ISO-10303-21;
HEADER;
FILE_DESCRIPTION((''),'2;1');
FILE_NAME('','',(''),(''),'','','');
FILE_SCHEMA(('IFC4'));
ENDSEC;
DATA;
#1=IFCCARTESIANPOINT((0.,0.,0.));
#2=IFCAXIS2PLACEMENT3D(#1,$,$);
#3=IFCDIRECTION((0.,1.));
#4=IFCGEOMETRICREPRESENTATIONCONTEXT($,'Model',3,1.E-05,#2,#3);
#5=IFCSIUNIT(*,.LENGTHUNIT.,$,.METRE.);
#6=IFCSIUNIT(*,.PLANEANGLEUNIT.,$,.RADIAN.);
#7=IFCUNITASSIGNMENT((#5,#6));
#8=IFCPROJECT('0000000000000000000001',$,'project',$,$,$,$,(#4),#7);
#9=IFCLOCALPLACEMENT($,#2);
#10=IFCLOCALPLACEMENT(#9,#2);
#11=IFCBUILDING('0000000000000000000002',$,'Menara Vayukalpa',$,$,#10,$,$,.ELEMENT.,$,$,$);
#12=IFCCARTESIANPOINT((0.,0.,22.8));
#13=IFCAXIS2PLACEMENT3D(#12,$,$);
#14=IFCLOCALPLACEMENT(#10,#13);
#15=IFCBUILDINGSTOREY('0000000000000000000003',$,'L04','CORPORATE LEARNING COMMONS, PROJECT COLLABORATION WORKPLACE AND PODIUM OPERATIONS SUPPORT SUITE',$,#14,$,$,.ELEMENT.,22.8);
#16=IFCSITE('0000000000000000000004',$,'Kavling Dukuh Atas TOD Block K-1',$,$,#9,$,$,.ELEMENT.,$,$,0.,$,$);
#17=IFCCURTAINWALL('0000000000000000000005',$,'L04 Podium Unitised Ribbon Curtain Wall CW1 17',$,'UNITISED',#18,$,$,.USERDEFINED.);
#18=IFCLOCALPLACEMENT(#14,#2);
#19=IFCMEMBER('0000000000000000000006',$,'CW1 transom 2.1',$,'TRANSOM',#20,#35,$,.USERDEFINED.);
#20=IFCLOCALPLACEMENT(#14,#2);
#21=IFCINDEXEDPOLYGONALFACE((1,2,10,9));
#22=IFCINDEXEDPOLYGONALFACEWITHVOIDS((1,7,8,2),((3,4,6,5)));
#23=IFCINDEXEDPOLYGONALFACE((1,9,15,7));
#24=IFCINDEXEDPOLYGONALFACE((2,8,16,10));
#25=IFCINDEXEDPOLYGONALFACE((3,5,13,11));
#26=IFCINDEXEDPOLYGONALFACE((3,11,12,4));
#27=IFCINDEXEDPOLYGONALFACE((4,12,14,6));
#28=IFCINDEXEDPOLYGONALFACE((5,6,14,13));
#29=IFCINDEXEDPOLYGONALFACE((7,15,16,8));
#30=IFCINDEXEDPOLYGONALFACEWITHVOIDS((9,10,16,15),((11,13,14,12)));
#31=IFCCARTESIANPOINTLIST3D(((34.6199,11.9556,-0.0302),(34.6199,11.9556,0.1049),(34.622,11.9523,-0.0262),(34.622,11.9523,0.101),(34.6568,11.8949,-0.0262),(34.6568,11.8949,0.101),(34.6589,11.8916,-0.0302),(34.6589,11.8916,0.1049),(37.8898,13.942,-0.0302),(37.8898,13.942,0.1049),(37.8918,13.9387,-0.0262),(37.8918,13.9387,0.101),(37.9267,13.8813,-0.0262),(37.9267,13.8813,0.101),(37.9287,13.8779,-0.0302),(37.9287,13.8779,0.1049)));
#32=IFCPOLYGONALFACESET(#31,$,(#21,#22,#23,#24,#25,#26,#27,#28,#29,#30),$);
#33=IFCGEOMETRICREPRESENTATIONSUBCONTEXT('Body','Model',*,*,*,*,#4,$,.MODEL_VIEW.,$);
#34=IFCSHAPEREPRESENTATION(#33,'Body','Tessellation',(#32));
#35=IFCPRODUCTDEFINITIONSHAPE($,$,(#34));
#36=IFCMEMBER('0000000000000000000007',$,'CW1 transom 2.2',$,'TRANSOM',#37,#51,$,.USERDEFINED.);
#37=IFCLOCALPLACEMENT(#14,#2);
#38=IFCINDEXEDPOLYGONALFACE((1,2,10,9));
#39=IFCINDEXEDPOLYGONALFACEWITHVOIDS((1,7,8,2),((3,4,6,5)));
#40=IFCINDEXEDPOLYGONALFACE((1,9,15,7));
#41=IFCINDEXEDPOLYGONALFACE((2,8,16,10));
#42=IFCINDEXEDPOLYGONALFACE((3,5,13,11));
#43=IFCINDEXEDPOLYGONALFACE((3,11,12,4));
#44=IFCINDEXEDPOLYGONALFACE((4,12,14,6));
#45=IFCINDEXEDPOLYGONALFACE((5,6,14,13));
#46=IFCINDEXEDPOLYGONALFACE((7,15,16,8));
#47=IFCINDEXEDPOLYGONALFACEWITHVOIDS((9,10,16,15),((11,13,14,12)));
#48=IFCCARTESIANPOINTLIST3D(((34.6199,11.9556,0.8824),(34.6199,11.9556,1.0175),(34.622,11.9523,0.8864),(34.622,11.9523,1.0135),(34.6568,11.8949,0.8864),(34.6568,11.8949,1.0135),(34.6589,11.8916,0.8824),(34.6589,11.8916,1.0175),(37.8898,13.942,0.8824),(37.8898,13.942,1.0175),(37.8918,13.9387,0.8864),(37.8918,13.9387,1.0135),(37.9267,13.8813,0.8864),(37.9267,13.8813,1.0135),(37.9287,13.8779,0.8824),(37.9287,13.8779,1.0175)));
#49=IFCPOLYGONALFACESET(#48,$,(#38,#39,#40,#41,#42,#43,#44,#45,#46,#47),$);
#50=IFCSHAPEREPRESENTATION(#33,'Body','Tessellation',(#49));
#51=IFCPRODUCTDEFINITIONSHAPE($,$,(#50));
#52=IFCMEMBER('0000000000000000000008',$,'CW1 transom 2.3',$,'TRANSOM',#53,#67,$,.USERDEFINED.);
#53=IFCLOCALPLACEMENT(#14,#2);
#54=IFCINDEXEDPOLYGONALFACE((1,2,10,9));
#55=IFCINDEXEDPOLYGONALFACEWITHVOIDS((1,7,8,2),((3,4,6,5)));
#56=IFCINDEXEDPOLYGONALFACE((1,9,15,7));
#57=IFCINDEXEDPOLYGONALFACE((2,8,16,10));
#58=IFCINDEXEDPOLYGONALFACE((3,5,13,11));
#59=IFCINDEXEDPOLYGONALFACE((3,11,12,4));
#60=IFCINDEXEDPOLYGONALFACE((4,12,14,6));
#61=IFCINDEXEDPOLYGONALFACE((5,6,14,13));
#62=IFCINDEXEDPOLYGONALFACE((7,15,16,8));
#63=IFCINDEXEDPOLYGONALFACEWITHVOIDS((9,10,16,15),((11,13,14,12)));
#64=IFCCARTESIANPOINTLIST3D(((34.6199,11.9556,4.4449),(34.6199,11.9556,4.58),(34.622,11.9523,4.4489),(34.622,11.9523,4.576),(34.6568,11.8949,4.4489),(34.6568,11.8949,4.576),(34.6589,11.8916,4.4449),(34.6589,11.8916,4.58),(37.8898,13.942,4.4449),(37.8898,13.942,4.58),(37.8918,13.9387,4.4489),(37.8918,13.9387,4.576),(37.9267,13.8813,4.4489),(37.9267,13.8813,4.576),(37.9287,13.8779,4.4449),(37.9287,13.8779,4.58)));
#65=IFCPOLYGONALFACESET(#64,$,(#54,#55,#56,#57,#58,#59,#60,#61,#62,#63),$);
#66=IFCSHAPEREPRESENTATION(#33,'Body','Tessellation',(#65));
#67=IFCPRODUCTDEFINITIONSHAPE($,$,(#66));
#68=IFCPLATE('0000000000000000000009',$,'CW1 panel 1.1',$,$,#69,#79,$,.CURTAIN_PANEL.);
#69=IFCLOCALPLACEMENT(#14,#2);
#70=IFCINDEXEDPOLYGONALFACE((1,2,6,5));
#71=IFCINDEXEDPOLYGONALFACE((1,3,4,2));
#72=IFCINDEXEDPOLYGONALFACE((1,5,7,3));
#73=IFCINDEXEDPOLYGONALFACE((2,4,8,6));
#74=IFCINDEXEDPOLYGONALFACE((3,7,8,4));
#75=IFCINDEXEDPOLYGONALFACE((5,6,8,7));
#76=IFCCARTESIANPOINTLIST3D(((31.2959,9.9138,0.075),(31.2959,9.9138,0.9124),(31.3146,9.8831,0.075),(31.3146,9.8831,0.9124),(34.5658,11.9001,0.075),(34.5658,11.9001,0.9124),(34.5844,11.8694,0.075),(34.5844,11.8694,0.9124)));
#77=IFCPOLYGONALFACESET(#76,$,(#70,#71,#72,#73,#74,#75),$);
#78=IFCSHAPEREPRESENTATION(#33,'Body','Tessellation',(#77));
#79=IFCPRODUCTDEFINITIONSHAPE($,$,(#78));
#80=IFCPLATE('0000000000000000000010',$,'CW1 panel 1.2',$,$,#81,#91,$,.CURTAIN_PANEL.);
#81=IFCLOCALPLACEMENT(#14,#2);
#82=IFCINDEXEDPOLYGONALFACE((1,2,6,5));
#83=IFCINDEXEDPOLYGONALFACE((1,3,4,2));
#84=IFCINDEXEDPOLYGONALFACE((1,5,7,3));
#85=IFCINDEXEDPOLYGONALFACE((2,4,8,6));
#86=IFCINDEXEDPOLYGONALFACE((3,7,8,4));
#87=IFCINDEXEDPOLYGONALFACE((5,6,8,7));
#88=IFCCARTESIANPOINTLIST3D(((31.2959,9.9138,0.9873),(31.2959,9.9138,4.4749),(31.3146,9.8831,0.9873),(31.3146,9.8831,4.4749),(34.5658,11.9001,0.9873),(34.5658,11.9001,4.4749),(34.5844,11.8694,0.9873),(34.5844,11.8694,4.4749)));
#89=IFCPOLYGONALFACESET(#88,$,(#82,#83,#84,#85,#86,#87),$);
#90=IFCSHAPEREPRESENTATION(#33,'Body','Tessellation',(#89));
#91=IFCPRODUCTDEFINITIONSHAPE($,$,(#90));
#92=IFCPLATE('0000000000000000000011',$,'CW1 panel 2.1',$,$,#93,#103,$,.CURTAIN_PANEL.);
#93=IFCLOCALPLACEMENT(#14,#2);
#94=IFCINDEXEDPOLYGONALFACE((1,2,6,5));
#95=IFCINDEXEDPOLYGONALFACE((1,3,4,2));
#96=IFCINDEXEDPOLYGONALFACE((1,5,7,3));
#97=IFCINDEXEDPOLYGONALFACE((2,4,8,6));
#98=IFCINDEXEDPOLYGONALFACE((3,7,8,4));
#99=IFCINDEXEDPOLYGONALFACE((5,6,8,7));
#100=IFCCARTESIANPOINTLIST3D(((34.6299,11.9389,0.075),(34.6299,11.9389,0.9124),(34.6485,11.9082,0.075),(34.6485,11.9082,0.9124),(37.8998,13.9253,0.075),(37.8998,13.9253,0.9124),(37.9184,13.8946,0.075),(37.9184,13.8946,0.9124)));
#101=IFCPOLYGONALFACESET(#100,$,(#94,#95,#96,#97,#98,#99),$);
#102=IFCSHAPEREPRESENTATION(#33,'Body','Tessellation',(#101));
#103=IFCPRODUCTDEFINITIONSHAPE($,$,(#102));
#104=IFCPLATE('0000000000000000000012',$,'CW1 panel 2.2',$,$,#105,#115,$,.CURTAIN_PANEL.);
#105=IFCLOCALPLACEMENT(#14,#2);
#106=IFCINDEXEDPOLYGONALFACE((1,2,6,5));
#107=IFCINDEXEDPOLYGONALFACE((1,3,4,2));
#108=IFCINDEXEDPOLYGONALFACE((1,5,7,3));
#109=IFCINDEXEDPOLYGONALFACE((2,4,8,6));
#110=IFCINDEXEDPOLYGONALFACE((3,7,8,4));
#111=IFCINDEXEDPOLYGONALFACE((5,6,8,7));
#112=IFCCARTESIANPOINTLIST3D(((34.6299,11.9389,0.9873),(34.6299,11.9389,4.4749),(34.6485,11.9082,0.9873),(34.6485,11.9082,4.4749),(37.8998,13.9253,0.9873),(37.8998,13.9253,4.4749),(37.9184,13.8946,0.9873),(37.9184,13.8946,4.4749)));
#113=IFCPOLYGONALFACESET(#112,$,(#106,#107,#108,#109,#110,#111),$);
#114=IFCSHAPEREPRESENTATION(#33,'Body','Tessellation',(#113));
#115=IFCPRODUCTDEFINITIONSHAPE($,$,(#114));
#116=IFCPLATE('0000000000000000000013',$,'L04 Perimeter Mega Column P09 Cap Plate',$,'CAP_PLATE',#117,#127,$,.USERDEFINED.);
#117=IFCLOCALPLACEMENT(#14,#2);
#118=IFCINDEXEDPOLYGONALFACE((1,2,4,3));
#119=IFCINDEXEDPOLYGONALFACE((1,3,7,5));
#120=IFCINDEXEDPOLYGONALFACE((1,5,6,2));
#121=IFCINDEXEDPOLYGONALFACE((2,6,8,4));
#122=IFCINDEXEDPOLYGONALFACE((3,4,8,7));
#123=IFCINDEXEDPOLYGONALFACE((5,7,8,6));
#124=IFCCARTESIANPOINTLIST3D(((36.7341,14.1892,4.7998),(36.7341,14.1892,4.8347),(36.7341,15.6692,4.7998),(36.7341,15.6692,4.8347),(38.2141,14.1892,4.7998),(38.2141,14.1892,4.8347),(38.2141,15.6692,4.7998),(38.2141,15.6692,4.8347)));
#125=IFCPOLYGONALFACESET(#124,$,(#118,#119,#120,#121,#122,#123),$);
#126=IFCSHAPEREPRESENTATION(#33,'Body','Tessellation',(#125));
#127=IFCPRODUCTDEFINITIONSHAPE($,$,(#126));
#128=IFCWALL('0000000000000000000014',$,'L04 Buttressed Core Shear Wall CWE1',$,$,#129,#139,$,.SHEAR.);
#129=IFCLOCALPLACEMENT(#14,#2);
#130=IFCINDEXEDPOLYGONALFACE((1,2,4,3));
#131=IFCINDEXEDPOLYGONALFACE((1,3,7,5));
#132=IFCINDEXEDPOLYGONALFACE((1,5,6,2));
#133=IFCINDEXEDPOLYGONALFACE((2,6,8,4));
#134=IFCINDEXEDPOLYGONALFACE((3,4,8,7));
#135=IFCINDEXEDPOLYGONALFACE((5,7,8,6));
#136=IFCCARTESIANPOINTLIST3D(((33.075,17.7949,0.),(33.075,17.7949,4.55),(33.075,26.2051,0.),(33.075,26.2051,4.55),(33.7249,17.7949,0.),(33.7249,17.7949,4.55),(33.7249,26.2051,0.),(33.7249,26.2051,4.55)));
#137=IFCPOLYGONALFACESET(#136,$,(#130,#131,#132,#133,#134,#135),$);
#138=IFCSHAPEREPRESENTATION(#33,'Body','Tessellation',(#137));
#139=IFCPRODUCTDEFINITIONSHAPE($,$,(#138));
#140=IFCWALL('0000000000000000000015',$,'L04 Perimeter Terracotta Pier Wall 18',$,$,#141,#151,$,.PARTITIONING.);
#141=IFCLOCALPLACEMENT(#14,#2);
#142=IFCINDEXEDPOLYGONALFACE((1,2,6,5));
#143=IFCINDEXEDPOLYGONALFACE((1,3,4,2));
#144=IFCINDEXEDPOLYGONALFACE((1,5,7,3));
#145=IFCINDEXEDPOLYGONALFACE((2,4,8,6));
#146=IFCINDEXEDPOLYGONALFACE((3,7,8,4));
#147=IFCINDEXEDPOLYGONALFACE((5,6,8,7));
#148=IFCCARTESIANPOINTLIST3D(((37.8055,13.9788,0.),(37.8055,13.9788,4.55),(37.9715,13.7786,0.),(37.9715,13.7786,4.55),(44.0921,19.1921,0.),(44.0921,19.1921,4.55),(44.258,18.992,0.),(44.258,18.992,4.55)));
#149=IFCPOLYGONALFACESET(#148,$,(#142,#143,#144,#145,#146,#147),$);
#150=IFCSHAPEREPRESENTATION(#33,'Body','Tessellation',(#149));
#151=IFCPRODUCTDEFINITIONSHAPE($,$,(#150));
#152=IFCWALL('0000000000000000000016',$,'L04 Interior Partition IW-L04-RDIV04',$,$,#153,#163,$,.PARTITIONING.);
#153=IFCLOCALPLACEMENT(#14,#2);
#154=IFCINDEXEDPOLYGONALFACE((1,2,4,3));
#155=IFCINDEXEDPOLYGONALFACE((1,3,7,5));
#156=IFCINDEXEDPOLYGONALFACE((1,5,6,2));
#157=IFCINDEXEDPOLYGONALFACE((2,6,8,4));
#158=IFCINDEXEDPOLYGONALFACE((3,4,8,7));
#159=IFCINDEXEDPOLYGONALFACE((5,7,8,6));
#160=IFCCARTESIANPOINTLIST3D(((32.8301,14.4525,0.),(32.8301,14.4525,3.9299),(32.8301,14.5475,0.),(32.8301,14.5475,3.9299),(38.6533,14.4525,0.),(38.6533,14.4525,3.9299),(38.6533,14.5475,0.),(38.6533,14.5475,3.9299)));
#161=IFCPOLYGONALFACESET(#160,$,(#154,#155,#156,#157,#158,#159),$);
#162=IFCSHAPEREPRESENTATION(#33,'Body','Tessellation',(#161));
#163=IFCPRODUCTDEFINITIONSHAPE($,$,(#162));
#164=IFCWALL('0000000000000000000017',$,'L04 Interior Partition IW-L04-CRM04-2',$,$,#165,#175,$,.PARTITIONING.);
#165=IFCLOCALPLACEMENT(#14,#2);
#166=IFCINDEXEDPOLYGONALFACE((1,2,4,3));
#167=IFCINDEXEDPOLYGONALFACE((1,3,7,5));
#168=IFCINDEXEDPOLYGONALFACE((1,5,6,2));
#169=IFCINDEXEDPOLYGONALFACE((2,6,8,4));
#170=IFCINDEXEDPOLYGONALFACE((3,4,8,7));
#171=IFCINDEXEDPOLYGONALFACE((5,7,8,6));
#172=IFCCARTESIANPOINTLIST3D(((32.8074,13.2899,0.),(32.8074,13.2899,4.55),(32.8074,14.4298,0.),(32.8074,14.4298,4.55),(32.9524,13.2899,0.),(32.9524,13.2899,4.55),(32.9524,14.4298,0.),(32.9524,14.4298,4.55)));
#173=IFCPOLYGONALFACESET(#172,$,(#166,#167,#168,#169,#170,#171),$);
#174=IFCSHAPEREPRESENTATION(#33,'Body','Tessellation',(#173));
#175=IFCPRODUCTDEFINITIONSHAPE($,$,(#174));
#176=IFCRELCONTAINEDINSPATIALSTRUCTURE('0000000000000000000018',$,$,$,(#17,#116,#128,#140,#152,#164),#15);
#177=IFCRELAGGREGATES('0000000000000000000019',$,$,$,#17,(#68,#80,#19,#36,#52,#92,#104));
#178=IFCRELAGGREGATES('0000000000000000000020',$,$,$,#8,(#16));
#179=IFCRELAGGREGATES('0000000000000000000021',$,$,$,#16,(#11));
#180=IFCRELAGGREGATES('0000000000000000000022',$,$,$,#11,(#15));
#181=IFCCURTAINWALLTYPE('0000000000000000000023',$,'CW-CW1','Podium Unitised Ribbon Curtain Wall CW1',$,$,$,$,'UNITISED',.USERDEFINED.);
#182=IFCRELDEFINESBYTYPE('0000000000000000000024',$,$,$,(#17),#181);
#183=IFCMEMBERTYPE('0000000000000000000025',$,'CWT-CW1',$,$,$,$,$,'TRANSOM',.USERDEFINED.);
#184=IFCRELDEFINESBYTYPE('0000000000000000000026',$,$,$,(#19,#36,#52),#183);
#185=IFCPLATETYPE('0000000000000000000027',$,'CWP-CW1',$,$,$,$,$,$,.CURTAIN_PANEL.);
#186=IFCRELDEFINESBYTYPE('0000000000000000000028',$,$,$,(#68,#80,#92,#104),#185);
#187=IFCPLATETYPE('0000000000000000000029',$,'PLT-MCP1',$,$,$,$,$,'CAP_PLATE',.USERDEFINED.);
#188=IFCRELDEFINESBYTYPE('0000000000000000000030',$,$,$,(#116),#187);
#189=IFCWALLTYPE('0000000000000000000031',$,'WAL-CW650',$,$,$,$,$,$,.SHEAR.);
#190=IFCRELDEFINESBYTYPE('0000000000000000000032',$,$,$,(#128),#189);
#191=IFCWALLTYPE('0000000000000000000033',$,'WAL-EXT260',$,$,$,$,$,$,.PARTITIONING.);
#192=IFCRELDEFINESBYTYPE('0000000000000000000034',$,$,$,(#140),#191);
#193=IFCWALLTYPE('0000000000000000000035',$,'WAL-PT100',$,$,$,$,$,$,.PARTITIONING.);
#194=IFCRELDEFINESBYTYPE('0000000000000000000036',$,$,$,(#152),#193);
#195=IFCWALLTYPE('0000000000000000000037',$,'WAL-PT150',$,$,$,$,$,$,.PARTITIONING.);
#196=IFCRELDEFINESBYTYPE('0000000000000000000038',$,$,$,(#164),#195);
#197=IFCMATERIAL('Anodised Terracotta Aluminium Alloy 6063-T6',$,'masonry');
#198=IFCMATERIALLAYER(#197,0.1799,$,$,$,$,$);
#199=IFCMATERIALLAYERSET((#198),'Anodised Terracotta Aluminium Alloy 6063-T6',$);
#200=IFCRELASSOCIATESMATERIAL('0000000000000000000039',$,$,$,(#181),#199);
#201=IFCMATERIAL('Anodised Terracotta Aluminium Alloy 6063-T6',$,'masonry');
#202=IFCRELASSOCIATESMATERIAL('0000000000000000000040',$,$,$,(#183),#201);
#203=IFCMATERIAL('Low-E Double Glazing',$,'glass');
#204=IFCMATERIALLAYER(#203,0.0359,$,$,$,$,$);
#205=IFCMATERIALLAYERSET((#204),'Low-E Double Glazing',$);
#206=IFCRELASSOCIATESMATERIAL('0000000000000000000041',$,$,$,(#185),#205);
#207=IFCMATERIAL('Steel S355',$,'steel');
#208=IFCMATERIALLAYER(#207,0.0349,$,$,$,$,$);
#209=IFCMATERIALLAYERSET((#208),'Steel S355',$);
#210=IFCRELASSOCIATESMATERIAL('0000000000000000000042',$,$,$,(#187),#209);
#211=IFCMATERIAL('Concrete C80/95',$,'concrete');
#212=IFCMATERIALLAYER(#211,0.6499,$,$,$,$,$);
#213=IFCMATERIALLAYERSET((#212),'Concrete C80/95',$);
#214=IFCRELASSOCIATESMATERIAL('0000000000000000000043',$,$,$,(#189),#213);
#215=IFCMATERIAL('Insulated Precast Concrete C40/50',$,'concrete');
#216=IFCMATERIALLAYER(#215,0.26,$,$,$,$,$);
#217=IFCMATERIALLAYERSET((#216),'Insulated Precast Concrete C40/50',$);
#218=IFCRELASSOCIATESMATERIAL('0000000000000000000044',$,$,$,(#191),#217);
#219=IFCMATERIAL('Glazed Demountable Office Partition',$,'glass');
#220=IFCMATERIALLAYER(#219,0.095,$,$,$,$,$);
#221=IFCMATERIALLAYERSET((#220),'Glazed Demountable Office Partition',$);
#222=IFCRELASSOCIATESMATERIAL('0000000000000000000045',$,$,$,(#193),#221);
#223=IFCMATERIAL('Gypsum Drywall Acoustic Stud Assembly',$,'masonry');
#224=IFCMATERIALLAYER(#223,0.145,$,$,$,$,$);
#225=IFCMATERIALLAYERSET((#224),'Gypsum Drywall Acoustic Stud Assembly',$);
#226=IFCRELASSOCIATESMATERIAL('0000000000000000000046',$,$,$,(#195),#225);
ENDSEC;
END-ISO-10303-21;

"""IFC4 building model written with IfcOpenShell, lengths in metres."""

from ifc_helpers import new_model, si_unit, direction, frame, frame_2d, origin, origin_2d, place, context, subcontext, project, spatial, rectangle, hollow_rectangle, extrude, material, layer, layer_set, material_profile, profile_set, type_object, element, aggregate, save


model = new_model("IFC4")

# Units and contexts
model_context = context("Model", 3, precision=1e-05, world=origin(), true_north=direction((0.0, 1.0)))
body_context = subcontext(model_context, "Body", "Model", "MODEL_VIEW")
ifc_project = project(units=[si_unit("LENGTHUNIT", "METRE"), si_unit("PLANEANGLEUNIT", "RADIAN")], contexts=[model_context])

# Site, building, storey
site_placement = place(None, origin())
site = spatial("IfcSite", under=ifc_project, at=site_placement, Name="Kavling Dukuh Atas TOD Block K-1", CompositionType="ELEMENT", RefElevation=0.0)
building_placement = place(site_placement, origin())
building = spatial("IfcBuilding", under=site, at=building_placement, Name="Menara Vayukalpa", CompositionType="ELEMENT")
storey_placement = place(building_placement, frame((0.0, 0.0, 22.8)))
storey = spatial("IfcBuildingStorey", under=building, at=storey_placement, Name="L04", Description="CORPORATE LEARNING COMMONS, PROJECT COLLABORATION WORKPLACE AND PODIUM OPERATIONS SUPPORT SUITE", CompositionType="ELEMENT", Elevation=22.8)

# Curtain wall, members, plates
ifc_material_1 = material(Name="Anodised Terracotta Aluminium Alloy 6063-T6", Category="masonry")
ifc_layer_1 = layer(ifc_material_1, 0.1799)
ifc_layer_set_1 = layer_set([ifc_layer_1], Name="Anodised Terracotta Aluminium Alloy 6063-T6")
curtain_wall_type = type_object("IfcCurtainWallType", Name="CW-CW1", Description="Podium Unitised Ribbon Curtain Wall CW1", ElementType="UNITISED", PredefinedType="USERDEFINED", material=ifc_layer_set_1)
curtain_wall_placement = place(storey_placement, origin())
curtain_wall = element("IfcCurtainWall", 1, at=curtain_wall_placement, inside=storey, type_object=curtain_wall_type, Name="L04 Podium Unitised Ribbon Curtain Wall CW1 17", ObjectType="UNITISED", PredefinedType="USERDEFINED")
ifc_material_2 = material(Name="Anodised Terracotta Aluminium Alloy 6063-T6", Category="masonry")
ifc_material_profile_1 = material_profile(ifc_material_2, hollow_rectangle(XDim=0.075, YDim=0.135, WallThickness=0.0039, at=origin_2d()), Name="ALU 75x135x4")
ifc_profile_set_1 = profile_set([ifc_material_profile_1], Name="Anodised Terracotta Aluminium Alloy 6063-T6")
member_type_1 = type_object("IfcMemberType", Name="CWT-CW1", ElementType="TRANSOM", PredefinedType="USERDEFINED", material=ifc_profile_set_1)
member_1_placement = place(storey_placement, frame((34.6394, 11.9236, 0.0374), z_axis=(0.854659, 0.51919, 0.0), x_axis=(-0.51919, 0.854659, 0.0)))
member_1 = element("IfcMember", 2, at=member_1_placement, type_object=member_type_1, Name="CW1 transom 2.1", ObjectType="TRANSOM", PredefinedType="USERDEFINED", context=body_context, shape_type="SweptSolid", body=[
    extrude(hollow_rectangle(XDim=0.075, YDim=0.135, WallThickness=0.0039, at=origin_2d()), origin(), (0.0, 0.0, 1.0), 3.8259),
])
member_2_placement = place(storey_placement, frame((34.6394, 11.9236, 0.95), z_axis=(0.854659, 0.51919, 0.0), x_axis=(-0.51919, 0.854659, 0.0)))
member_2 = element("IfcMember", 3, at=member_2_placement, type_object=member_type_1, Name="CW1 transom 2.2", ObjectType="TRANSOM", PredefinedType="USERDEFINED", context=body_context, shape_type="SweptSolid", body=[
    extrude(hollow_rectangle(XDim=0.075, YDim=0.135, WallThickness=0.0039, at=origin_2d()), origin(), (0.0, 0.0, 1.0), 3.8259),
])
member_3_placement = place(storey_placement, frame((34.6394, 11.9236, 4.5125), z_axis=(0.854659, 0.51919, 0.0), x_axis=(-0.51919, 0.854659, 0.0)))
member_3 = element("IfcMember", 4, at=member_3_placement, type_object=member_type_1, Name="CW1 transom 2.3", ObjectType="TRANSOM", PredefinedType="USERDEFINED", context=body_context, shape_type="SweptSolid", body=[
    extrude(hollow_rectangle(XDim=0.075, YDim=0.135, WallThickness=0.0039, at=origin_2d()), origin(), (0.0, 0.0, 1.0), 3.8259),
])
ifc_material_3 = material(Name="Low-E Double Glazing", Category="glass")
ifc_layer_2 = layer(ifc_material_3, 0.0359)
ifc_layer_set_2 = layer_set([ifc_layer_2], Name="Low-E Double Glazing")
plate_type_1 = type_object("IfcPlateType", Name="CWP-CW1", PredefinedType="CURTAIN_PANEL", material=ifc_layer_set_2)
plate_1_placement = place(storey_placement, frame((32.9402, 10.8916, 0.075), z_axis=(0.0, 0.0, 1.0), x_axis=(0.854665, 0.51918, 0.0)))
plate_1 = element("IfcPlate", 5, at=plate_1_placement, type_object=plate_type_1, Name="CW1 panel 1.1", PredefinedType="CURTAIN_PANEL", context=body_context, shape_type="SweptSolid", body=[
    extrude(rectangle(XDim=3.8259, YDim=0.0359, at=origin_2d()), origin(), (0.0, 0.0, 1.0), 0.8374),
])
plate_2_placement = place(storey_placement, frame((32.9402, 10.8916, 0.9873), z_axis=(0.0, 0.0, 1.0), x_axis=(0.854665, 0.51918, 0.0)))
plate_2 = element("IfcPlate", 6, at=plate_2_placement, type_object=plate_type_1, Name="CW1 panel 1.2", PredefinedType="CURTAIN_PANEL", context=body_context, shape_type="SweptSolid", body=[
    extrude(rectangle(XDim=3.8259, YDim=0.0359, at=origin_2d()), origin(), (0.0, 0.0, 1.0), 3.4875),
])
plate_3_placement = place(storey_placement, frame((36.2742, 12.9167, 0.075), z_axis=(0.0, 0.0, 1.0), x_axis=(0.854665, 0.51918, 0.0)))
plate_3 = element("IfcPlate", 7, at=plate_3_placement, type_object=plate_type_1, Name="CW1 panel 2.1", PredefinedType="CURTAIN_PANEL", context=body_context, shape_type="SweptSolid", body=[
    extrude(rectangle(XDim=3.8259, YDim=0.0359, at=origin_2d()), origin(), (0.0, 0.0, 1.0), 0.8374),
])
plate_4_placement = place(storey_placement, frame((36.2742, 12.9167, 0.9873), z_axis=(0.0, 0.0, 1.0), x_axis=(0.854665, 0.51918, 0.0)))
plate_4 = element("IfcPlate", 8, at=plate_4_placement, type_object=plate_type_1, Name="CW1 panel 2.2", PredefinedType="CURTAIN_PANEL", context=body_context, shape_type="SweptSolid", body=[
    extrude(rectangle(XDim=3.8259, YDim=0.0359, at=origin_2d()), origin(), (0.0, 0.0, 1.0), 3.4875),
])
aggregate(curtain_wall, [plate_1, plate_2, member_1, member_2, member_3, plate_3, plate_4])

# Plate
ifc_material_4 = material(Name="Steel S355", Category="steel")
ifc_layer_3 = layer(ifc_material_4, 0.0349)
ifc_layer_set_3 = layer_set([ifc_layer_3], Name="Steel S355")
plate_type_2 = type_object("IfcPlateType", Name="PLT-MCP1", ElementType="CAP_PLATE", PredefinedType="USERDEFINED", material=ifc_layer_set_3)
plate_5_placement = place(storey_placement, frame((37.4741, 14.9292, 4.7998), z_axis=(0.0, 0.0, 1.0), x_axis=(1.0, 0.0, 0.0)))
element("IfcPlate", 9, at=plate_5_placement, inside=storey, type_object=plate_type_2, Name="L04 Perimeter Mega Column P09 Cap Plate", ObjectType="CAP_PLATE", PredefinedType="USERDEFINED", context=body_context, shape_type="SweptSolid", body=[
    extrude(rectangle(XDim=1.48, YDim=1.48, at=origin_2d()), origin(), (0.0, 0.0, 1.0), 0.0349),
])

# Walls
ifc_material_5 = material(Name="Concrete C80/95", Category="concrete")
ifc_layer_4 = layer(ifc_material_5, 0.6499)
ifc_layer_set_4 = layer_set([ifc_layer_4], Name="Concrete C80/95")
wall_type_1 = type_object("IfcWallType", Name="WAL-CW650", PredefinedType="SHEAR", material=ifc_layer_set_4)
wall_1_placement = place(storey_placement, frame((33.3999, 17.7949, 0.0), z_axis=(0.0, 0.0, 1.0), x_axis=(0.0, 1.0, 0.0)))
element("IfcWall", 10, at=wall_1_placement, inside=storey, type_object=wall_type_1, Name="L04 Buttressed Core Shear Wall CWE1", PredefinedType="SHEAR", context=body_context, shape_type="SweptSolid", body=[
    extrude(rectangle(XDim=8.4102, YDim=0.6499, at=frame_2d((4.2051, 0.0))), origin(), (0.0, 0.0, 1.0), 4.55),
])
ifc_material_6 = material(Name="Insulated Precast Concrete C40/50", Category="concrete")
ifc_layer_5 = layer(ifc_material_6, 0.26)
ifc_layer_set_5 = layer_set([ifc_layer_5], Name="Insulated Precast Concrete C40/50")
wall_type_2 = type_object("IfcWallType", Name="WAL-EXT260", PredefinedType="PARTITIONING", material=ifc_layer_set_5)
wall_2_placement = place(storey_placement, frame((44.175, 19.092, 0.0), z_axis=(0.0, 0.0, 1.0), x_axis=(-0.769753, -0.638342, 0.0)))
element("IfcWall", 11, at=wall_2_placement, inside=storey, type_object=wall_type_2, Name="L04 Perimeter Terracotta Pier Wall 18", PredefinedType="PARTITIONING", context=body_context, shape_type="SweptSolid", body=[
    extrude(rectangle(XDim=8.167, YDim=0.26, at=frame_2d((4.0835, 0.0))), origin(), (0.0, 0.0, 1.0), 4.55),
])
ifc_material_7 = material(Name="Glazed Demountable Office Partition", Category="glass")
ifc_layer_6 = layer(ifc_material_7, 0.095)
ifc_layer_set_6 = layer_set([ifc_layer_6], Name="Glazed Demountable Office Partition")
wall_type_3 = type_object("IfcWallType", Name="WAL-PT100", PredefinedType="PARTITIONING", material=ifc_layer_set_6)
wall_3_placement = place(storey_placement, frame((32.8301, 14.5, 0.0), z_axis=(0.0, 0.0, 1.0), x_axis=(1.0, 0.0, 0.0)))
element("IfcWall", 12, at=wall_3_placement, inside=storey, type_object=wall_type_3, Name="L04 Interior Partition IW-L04-RDIV04", PredefinedType="PARTITIONING", context=body_context, shape_type="SweptSolid", body=[
    extrude(rectangle(XDim=5.8232, YDim=0.095, at=frame_2d((2.9116, 0.0))), origin(), (0.0, 0.0, 1.0), 3.9299),
])
ifc_material_8 = material(Name="Gypsum Drywall Acoustic Stud Assembly", Category="masonry")
ifc_layer_7 = layer(ifc_material_8, 0.145)
ifc_layer_set_7 = layer_set([ifc_layer_7], Name="Gypsum Drywall Acoustic Stud Assembly")
wall_type_4 = type_object("IfcWallType", Name="WAL-PT150", PredefinedType="PARTITIONING", material=ifc_layer_set_7)
wall_4_placement = place(storey_placement, frame((32.8799, 13.29, 0.0), z_axis=(0.0, 0.0, 1.0), x_axis=(0.0, 1.0, 0.0)))
element("IfcWall", 13, at=wall_4_placement, inside=storey, type_object=wall_type_4, Name="L04 Interior Partition IW-L04-CRM04-2", PredefinedType="PARTITIONING", context=body_context, shape_type="SweptSolid", body=[
    extrude(rectangle(XDim=1.1399, YDim=0.145, at=frame_2d((0.5698, 0.0))), origin(), (0.0, 0.0, 1.0), 4.55),
])

save(model, "model.ifc")
